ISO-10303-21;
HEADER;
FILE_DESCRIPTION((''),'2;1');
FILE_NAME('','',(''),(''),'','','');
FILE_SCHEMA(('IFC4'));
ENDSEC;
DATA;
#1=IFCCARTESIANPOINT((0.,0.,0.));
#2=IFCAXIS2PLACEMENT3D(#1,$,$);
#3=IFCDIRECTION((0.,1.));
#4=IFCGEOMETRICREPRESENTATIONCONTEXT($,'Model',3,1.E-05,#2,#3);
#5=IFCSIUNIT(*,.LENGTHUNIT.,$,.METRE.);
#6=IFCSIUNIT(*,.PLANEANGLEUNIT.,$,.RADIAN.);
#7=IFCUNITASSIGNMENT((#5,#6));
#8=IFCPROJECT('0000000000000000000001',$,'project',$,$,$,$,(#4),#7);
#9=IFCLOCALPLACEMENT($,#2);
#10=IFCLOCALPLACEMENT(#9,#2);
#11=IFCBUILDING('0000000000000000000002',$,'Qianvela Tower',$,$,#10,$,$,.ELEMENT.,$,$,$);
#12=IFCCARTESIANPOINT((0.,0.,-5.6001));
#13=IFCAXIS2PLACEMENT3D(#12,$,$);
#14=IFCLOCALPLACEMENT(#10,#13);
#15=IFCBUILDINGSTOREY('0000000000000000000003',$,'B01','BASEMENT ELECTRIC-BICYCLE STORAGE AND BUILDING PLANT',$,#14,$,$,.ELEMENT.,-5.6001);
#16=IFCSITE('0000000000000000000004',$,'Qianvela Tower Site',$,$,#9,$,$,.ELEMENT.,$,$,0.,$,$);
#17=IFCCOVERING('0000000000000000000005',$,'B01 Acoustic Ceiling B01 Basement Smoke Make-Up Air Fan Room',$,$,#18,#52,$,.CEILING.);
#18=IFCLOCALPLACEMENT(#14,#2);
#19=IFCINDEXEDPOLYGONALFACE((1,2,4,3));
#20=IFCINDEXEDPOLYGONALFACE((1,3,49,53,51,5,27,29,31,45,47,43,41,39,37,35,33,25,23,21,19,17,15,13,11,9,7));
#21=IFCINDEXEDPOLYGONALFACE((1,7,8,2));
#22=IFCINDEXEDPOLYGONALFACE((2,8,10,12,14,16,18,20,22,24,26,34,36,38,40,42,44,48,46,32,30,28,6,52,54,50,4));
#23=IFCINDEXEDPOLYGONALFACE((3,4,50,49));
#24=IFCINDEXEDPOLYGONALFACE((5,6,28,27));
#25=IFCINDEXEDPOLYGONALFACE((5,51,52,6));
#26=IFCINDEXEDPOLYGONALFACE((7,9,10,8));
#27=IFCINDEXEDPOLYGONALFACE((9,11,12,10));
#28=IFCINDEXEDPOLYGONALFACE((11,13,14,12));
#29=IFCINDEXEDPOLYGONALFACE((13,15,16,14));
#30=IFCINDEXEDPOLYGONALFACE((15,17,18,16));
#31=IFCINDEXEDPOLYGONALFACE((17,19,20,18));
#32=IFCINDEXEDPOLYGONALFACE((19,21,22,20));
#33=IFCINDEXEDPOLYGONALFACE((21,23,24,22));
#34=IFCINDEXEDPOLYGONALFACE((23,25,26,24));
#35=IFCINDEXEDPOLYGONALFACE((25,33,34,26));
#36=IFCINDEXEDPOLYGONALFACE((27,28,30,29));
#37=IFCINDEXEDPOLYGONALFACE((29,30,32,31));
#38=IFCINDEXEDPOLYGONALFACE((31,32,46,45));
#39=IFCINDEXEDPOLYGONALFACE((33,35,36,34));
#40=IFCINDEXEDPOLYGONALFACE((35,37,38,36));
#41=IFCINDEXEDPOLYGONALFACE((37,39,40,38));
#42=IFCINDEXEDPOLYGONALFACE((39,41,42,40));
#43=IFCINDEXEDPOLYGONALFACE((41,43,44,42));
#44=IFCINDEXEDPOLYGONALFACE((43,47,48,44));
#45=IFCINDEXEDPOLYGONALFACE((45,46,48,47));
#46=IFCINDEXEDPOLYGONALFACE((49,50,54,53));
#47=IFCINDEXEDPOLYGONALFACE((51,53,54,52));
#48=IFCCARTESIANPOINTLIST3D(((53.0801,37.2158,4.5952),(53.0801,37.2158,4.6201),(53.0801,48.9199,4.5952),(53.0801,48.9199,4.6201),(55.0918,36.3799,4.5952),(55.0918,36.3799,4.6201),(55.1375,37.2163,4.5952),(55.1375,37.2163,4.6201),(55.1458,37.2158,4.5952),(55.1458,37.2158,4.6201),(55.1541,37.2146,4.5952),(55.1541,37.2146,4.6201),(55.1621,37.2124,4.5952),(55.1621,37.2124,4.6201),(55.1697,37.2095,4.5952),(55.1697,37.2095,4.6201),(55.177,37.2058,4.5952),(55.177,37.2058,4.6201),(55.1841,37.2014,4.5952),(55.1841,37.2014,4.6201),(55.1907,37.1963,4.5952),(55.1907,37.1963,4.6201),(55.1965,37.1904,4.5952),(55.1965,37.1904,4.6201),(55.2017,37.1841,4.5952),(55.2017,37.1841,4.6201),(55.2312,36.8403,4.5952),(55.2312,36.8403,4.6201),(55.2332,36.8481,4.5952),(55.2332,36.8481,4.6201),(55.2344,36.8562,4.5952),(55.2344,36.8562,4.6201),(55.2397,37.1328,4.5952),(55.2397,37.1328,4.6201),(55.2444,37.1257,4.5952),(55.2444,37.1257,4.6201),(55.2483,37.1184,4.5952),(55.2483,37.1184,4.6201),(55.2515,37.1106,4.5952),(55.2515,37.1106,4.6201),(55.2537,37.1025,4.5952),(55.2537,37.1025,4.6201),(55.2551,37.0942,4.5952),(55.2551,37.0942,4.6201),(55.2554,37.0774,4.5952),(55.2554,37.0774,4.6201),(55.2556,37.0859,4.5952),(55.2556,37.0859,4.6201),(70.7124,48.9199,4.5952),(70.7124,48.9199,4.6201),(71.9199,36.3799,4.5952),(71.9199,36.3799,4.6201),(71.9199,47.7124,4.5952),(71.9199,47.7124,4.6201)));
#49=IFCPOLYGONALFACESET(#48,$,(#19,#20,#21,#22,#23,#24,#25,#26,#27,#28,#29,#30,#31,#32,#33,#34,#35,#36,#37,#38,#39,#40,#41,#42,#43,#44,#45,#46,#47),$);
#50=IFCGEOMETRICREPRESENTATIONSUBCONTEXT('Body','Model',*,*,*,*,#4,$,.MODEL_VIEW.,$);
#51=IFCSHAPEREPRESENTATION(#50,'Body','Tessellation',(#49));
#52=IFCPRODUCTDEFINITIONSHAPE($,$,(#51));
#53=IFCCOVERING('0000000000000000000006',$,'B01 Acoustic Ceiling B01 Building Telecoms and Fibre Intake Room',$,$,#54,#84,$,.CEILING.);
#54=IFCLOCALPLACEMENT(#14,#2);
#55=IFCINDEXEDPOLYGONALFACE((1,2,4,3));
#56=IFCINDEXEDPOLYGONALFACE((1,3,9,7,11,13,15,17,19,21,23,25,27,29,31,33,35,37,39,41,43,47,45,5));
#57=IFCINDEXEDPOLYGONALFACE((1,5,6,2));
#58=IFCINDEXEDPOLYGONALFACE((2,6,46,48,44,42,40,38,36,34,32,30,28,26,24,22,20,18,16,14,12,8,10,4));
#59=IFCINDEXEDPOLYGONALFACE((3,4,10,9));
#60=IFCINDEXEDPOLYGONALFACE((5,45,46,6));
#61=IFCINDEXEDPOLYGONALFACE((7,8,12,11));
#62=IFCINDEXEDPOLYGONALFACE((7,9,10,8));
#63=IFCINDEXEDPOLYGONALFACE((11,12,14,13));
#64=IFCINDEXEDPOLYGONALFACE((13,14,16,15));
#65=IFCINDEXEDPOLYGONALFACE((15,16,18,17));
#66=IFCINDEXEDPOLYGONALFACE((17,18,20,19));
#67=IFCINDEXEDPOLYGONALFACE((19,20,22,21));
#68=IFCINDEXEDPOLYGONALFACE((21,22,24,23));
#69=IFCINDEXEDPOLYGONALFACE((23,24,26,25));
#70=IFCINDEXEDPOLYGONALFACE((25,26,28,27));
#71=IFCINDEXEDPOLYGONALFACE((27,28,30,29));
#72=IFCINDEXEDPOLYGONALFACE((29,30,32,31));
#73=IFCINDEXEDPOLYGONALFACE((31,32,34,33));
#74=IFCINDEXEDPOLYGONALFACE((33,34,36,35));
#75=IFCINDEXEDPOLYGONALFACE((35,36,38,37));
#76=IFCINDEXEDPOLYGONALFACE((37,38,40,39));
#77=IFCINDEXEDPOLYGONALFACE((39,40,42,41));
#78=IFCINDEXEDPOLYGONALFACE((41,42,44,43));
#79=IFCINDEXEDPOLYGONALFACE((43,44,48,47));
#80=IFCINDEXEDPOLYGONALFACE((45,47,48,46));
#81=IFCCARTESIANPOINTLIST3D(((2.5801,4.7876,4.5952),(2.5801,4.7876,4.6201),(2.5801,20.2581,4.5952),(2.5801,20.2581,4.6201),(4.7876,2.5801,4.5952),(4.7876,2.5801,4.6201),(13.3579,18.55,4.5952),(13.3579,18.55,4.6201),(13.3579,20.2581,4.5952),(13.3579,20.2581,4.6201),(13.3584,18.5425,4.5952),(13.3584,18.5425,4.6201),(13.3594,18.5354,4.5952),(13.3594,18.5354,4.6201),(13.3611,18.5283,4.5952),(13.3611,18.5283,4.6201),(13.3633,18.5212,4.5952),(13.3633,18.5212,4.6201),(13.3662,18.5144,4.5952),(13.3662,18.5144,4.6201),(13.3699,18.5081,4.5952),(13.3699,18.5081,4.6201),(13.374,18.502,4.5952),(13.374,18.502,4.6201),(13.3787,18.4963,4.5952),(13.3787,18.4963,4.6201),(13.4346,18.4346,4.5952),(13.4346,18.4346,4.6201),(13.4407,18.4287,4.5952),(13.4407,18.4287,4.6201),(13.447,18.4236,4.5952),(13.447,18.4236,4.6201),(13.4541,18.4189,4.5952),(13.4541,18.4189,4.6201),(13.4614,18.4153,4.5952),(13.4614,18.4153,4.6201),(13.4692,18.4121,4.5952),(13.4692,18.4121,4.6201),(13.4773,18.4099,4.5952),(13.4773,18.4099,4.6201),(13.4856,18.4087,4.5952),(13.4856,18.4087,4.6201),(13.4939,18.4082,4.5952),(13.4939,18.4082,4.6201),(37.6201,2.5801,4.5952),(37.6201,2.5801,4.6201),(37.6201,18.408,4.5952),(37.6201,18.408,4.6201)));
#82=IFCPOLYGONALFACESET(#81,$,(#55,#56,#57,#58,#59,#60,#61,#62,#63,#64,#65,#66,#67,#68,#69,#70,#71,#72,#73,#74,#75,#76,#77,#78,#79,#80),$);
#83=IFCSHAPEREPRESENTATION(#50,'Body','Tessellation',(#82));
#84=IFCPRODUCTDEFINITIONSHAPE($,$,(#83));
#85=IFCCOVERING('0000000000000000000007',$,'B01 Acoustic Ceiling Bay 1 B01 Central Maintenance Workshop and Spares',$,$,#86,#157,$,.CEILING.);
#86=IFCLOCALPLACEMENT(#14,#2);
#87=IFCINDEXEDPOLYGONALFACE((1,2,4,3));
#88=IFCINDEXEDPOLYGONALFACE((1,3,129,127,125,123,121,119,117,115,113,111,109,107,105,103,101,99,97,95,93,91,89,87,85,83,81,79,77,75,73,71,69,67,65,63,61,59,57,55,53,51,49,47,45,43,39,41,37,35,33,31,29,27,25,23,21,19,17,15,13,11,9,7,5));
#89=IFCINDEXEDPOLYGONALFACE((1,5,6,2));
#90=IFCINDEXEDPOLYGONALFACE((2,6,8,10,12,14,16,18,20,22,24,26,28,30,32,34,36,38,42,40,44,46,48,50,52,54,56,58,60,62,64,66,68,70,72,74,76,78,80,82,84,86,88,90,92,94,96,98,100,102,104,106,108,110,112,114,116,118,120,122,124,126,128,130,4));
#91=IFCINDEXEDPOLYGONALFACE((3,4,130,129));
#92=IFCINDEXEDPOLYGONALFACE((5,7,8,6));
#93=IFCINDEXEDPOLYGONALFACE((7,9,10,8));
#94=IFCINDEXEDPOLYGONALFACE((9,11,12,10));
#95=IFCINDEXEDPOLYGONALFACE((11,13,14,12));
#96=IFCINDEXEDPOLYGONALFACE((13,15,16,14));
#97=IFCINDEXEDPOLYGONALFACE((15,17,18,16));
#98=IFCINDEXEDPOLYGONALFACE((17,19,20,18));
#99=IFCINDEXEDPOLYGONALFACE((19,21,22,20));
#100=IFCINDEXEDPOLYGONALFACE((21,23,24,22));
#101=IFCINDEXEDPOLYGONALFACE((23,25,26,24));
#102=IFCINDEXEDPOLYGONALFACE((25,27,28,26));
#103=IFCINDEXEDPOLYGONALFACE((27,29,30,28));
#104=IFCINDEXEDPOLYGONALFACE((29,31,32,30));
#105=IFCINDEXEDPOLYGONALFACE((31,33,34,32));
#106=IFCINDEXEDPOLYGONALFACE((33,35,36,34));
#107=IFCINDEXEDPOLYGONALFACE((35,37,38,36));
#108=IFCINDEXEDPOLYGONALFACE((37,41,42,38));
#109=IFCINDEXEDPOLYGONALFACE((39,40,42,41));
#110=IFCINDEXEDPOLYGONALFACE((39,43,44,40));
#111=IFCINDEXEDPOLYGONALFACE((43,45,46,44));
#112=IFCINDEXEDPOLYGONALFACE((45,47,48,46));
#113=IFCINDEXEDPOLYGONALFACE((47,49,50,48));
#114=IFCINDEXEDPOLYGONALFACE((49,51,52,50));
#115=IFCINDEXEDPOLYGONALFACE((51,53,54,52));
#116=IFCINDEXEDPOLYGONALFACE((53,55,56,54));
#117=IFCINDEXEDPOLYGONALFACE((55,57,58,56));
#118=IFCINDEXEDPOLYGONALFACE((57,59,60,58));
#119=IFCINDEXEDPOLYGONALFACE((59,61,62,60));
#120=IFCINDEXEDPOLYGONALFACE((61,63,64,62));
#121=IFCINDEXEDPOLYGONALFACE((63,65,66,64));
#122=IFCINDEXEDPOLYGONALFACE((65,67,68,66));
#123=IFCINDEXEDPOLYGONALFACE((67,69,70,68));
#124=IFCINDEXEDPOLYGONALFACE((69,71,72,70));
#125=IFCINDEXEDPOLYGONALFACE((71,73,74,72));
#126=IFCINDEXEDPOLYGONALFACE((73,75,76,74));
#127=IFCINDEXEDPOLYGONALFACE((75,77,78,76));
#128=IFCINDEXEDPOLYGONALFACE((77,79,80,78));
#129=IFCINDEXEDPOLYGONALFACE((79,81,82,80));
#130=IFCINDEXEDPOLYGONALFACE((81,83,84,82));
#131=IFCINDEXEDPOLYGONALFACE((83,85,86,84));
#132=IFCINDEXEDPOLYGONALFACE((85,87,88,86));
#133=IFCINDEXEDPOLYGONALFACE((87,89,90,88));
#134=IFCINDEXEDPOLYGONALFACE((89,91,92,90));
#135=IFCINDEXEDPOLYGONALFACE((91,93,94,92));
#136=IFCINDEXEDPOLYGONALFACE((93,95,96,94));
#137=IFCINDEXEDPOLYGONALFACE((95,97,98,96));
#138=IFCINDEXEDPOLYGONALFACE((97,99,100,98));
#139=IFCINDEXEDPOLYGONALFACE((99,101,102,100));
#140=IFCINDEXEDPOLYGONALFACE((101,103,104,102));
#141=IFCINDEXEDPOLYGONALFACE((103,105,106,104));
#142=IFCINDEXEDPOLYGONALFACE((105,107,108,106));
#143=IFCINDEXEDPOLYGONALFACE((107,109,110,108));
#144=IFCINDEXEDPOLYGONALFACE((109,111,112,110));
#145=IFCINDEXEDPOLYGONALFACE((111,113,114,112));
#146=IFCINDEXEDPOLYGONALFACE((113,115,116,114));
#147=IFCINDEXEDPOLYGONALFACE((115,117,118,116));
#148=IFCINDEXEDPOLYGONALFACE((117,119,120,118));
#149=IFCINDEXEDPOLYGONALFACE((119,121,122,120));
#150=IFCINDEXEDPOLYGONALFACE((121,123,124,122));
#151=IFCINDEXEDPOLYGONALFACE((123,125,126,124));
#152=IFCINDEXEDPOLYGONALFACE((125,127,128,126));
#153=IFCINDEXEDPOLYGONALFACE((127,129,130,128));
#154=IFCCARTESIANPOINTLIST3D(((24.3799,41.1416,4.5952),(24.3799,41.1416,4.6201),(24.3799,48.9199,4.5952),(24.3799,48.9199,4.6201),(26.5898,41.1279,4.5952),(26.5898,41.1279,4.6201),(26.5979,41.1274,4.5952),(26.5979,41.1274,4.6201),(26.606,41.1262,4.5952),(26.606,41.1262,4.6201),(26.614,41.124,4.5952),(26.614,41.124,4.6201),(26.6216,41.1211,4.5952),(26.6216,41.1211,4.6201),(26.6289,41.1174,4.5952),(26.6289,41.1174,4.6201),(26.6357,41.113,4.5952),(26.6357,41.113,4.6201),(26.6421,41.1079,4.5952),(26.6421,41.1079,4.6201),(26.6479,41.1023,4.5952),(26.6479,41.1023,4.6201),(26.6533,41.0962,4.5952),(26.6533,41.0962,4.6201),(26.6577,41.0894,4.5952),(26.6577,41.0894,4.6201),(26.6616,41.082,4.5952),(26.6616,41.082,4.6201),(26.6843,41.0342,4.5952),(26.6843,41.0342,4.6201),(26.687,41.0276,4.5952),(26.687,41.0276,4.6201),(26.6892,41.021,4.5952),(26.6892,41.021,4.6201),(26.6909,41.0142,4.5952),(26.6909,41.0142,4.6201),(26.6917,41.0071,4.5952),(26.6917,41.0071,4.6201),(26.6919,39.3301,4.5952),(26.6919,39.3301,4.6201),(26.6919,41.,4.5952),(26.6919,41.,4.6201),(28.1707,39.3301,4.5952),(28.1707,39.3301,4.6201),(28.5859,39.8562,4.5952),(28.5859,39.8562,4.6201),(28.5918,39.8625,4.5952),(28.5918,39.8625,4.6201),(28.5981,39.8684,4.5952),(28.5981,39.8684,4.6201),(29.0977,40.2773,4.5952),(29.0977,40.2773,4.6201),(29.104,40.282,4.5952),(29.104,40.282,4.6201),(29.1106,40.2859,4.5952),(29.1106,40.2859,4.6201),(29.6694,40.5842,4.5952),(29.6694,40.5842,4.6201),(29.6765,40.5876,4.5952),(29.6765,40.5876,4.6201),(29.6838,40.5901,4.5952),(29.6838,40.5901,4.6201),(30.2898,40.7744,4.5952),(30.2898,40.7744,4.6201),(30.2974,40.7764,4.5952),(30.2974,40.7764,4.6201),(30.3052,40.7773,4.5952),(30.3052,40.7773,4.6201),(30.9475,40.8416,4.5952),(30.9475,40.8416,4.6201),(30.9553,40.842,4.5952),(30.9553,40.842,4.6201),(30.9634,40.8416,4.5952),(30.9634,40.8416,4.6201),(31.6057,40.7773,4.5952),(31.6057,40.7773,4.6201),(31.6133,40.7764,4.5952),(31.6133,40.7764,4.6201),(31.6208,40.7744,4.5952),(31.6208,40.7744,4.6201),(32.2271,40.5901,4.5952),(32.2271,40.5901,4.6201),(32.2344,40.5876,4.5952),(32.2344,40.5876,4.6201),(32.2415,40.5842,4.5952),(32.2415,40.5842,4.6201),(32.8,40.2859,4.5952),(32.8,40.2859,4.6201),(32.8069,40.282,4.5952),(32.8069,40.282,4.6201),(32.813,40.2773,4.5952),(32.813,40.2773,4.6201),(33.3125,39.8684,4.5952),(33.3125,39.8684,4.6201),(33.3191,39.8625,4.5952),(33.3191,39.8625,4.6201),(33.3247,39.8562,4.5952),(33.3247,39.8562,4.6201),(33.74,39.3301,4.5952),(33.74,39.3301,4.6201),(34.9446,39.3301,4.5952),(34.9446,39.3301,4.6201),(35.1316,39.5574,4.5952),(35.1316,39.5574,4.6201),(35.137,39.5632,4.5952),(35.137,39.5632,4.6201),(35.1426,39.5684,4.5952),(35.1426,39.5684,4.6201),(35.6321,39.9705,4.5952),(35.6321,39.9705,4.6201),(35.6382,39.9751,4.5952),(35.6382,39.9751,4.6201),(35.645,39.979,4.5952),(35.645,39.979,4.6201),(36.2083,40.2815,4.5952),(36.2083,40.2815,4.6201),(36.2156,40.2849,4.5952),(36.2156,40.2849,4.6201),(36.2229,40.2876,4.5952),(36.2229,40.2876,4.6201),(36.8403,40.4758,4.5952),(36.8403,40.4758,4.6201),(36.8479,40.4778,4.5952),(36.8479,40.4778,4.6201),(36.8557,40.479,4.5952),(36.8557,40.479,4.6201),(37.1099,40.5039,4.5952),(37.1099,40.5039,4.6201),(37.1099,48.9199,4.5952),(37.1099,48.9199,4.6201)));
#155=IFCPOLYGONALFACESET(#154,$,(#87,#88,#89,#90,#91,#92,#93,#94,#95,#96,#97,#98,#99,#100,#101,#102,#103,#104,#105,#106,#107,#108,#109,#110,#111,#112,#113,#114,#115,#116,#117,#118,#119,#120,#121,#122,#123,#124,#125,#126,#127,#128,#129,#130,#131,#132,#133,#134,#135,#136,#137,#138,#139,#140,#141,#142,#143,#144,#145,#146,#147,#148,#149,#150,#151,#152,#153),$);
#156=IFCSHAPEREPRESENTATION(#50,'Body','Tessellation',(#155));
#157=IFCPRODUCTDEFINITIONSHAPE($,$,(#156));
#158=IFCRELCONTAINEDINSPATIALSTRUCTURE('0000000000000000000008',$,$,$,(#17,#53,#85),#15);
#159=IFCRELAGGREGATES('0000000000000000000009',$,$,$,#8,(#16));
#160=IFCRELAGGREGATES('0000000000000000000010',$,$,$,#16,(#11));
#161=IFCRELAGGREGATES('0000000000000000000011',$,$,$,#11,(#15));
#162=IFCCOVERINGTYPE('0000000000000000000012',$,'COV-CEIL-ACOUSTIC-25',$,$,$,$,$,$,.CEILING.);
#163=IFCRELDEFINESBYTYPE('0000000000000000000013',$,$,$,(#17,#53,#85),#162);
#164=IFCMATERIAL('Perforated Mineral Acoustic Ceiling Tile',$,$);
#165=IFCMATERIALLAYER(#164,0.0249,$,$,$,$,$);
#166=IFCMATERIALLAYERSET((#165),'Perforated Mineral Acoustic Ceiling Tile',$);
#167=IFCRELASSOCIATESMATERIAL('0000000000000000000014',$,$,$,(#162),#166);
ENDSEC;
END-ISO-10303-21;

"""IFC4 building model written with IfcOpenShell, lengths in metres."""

from ifc_helpers import new_model, si_unit, direction, frame, origin, place, context, subcontext, project, spatial, polyline, outline, extrude, material, layer, layer_set, type_object, element, save


model = new_model("IFC4")

# Units and contexts
model_context = context("Model", 3, precision=1e-05, world=origin(), true_north=direction((0.0, 1.0)))
body_context = subcontext(model_context, "Body", "Model", "MODEL_VIEW")
ifc_project = project(units=[si_unit("LENGTHUNIT", "METRE"), si_unit("PLANEANGLEUNIT", "RADIAN")], contexts=[model_context])

# Site, building, storey
site_placement = place(None, origin())
site = spatial("IfcSite", under=ifc_project, at=site_placement, Name="Qianvela Tower Site", CompositionType="ELEMENT", RefElevation=0.0)
building_placement = place(site_placement, origin())
building = spatial("IfcBuilding", under=site, at=building_placement, Name="Qianvela Tower", CompositionType="ELEMENT")
storey_placement = place(building_placement, frame((0.0, 0.0, -5.6001)))
storey = spatial("IfcBuildingStorey", under=building, at=storey_placement, Name="B01", Description="BASEMENT ELECTRIC-BICYCLE STORAGE AND BUILDING PLANT", CompositionType="ELEMENT", Elevation=-5.6001)

# Coverings
ifc_material_1 = material(Name="Perforated Mineral Acoustic Ceiling Tile")
ifc_layer_1 = layer(ifc_material_1, 0.0249)
ifc_layer_set_1 = layer_set([ifc_layer_1], Name="Perforated Mineral Acoustic Ceiling Tile")
covering_type_1 = type_object("IfcCoveringType", Name="COV-CEIL-ACOUSTIC-25", PredefinedType="CEILING", material=ifc_layer_set_1)
covering_1_placement = place(storey_placement, frame((0.0, 0.0, 4.5952)))
element("IfcCovering", 1, at=covering_1_placement, inside=storey, type_object=covering_type_1, Name="B01 Acoustic Ceiling B01 Basement Smoke Make-Up Air Fan Room", PredefinedType="CEILING", context=body_context, shape_type="SweptSolid", body=[
    extrude(outline(polyline([(53.0801, 48.9199), (70.7124, 48.9199), (71.9199, 47.7124), (71.9199, 36.3799), (55.0918, 36.3799), (55.2312, 36.8403), (55.2332, 36.8481), (55.2344, 36.8562), (55.2554, 37.0774), (55.2556, 37.0859), (55.2551, 37.0942), (55.2537, 37.1025), (55.2515, 37.1106), (55.2483, 37.1184), (55.2444, 37.1257), (55.2397, 37.1328), (55.2017, 37.1841), (55.1965, 37.1904), (55.1907, 37.1963), (55.1841, 37.2014), (55.177, 37.2058), (55.1697, 37.2095), (55.1621, 37.2124), (55.1541, 37.2146), (55.1458, 37.2158), (55.1375, 37.2163), (53.0801, 37.2158), (53.0801, 48.9199)])), origin(), (0.0, 0.0, 1.0), 0.0249),
])
covering_2_placement = place(storey_placement, frame((0.0, 0.0, 4.5952)))
element("IfcCovering", 2, at=covering_2_placement, inside=storey, type_object=covering_type_1, Name="B01 Acoustic Ceiling B01 Building Telecoms and Fibre Intake Room", PredefinedType="CEILING", context=body_context, shape_type="SweptSolid", body=[
    extrude(outline(polyline([(37.6201, 2.5801), (4.7876, 2.5801), (2.5801, 4.7876), (2.5801, 20.2581), (13.3579, 20.2581), (13.3579, 18.55), (13.3584, 18.5425), (13.3594, 18.5354), (13.3611, 18.5283), (13.3633, 18.5212), (13.3662, 18.5144), (13.3699, 18.5081), (13.374, 18.502), (13.3787, 18.4963), (13.4346, 18.4346), (13.4407, 18.4287), (13.447, 18.4236), (13.4541, 18.4189), (13.4614, 18.4153), (13.4692, 18.4121), (13.4773, 18.4099), (13.4856, 18.4087), (13.4939, 18.4082), (37.6201, 18.408), (37.6201, 2.5801)])), origin(), (0.0, 0.0, 1.0), 0.0249),
])
covering_3_placement = place(storey_placement, frame((0.0, 0.0, 4.5952)))
element("IfcCovering", 3, at=covering_3_placement, inside=storey, type_object=covering_type_1, Name="B01 Acoustic Ceiling Bay 1 B01 Central Maintenance Workshop and Spares", PredefinedType="CEILING", context=body_context, shape_type="SweptSolid", body=[
    extrude(outline(polyline([(36.8557, 40.479), (36.8479, 40.4778), (36.8403, 40.4758), (36.2229, 40.2876), (36.2156, 40.2849), (36.2083, 40.2815), (35.645, 39.979), (35.6382, 39.9751), (35.6321, 39.9705), (35.1426, 39.5684), (35.137, 39.5632), (35.1316, 39.5574), (34.9446, 39.3301), (33.74, 39.3301), (33.3247, 39.8562), (33.3191, 39.8625), (33.3125, 39.8684), (32.813, 40.2773), (32.8069, 40.282), (32.8, 40.2859), (32.2415, 40.5842), (32.2344, 40.5876), (32.2271, 40.5901), (31.6208, 40.7744), (31.6133, 40.7764), (31.6057, 40.7773), (30.9634, 40.8416), (30.9553, 40.842), (30.9475, 40.8416), (30.3052, 40.7773), (30.2974, 40.7764), (30.2898, 40.7744), (29.6838, 40.5901), (29.6765, 40.5876), (29.6694, 40.5842), (29.1106, 40.2859), (29.104, 40.282), (29.0977, 40.2773), (28.5981, 39.8684), (28.5918, 39.8625), (28.5859, 39.8562), (28.1707, 39.3301), (26.6919, 39.3301), (26.6919, 41.0), (26.6917, 41.0071), (26.6909, 41.0142), (26.6892, 41.021), (26.687, 41.0276), (26.6843, 41.0342), (26.6616, 41.082), (26.6577, 41.0894), (26.6533, 41.0962), (26.6479, 41.1023), (26.6421, 41.1079), (26.6357, 41.113), (26.6289, 41.1174), (26.6216, 41.1211), (26.614, 41.124), (26.606, 41.1262), (26.5979, 41.1274), (26.5898, 41.1279), (24.3799, 41.1416), (24.3799, 48.9199), (37.1099, 48.9199), (37.1099, 40.5039), (36.8557, 40.479)])), origin(), (0.0, 0.0, 1.0), 0.0249),
])

save(model, "model.ifc")
